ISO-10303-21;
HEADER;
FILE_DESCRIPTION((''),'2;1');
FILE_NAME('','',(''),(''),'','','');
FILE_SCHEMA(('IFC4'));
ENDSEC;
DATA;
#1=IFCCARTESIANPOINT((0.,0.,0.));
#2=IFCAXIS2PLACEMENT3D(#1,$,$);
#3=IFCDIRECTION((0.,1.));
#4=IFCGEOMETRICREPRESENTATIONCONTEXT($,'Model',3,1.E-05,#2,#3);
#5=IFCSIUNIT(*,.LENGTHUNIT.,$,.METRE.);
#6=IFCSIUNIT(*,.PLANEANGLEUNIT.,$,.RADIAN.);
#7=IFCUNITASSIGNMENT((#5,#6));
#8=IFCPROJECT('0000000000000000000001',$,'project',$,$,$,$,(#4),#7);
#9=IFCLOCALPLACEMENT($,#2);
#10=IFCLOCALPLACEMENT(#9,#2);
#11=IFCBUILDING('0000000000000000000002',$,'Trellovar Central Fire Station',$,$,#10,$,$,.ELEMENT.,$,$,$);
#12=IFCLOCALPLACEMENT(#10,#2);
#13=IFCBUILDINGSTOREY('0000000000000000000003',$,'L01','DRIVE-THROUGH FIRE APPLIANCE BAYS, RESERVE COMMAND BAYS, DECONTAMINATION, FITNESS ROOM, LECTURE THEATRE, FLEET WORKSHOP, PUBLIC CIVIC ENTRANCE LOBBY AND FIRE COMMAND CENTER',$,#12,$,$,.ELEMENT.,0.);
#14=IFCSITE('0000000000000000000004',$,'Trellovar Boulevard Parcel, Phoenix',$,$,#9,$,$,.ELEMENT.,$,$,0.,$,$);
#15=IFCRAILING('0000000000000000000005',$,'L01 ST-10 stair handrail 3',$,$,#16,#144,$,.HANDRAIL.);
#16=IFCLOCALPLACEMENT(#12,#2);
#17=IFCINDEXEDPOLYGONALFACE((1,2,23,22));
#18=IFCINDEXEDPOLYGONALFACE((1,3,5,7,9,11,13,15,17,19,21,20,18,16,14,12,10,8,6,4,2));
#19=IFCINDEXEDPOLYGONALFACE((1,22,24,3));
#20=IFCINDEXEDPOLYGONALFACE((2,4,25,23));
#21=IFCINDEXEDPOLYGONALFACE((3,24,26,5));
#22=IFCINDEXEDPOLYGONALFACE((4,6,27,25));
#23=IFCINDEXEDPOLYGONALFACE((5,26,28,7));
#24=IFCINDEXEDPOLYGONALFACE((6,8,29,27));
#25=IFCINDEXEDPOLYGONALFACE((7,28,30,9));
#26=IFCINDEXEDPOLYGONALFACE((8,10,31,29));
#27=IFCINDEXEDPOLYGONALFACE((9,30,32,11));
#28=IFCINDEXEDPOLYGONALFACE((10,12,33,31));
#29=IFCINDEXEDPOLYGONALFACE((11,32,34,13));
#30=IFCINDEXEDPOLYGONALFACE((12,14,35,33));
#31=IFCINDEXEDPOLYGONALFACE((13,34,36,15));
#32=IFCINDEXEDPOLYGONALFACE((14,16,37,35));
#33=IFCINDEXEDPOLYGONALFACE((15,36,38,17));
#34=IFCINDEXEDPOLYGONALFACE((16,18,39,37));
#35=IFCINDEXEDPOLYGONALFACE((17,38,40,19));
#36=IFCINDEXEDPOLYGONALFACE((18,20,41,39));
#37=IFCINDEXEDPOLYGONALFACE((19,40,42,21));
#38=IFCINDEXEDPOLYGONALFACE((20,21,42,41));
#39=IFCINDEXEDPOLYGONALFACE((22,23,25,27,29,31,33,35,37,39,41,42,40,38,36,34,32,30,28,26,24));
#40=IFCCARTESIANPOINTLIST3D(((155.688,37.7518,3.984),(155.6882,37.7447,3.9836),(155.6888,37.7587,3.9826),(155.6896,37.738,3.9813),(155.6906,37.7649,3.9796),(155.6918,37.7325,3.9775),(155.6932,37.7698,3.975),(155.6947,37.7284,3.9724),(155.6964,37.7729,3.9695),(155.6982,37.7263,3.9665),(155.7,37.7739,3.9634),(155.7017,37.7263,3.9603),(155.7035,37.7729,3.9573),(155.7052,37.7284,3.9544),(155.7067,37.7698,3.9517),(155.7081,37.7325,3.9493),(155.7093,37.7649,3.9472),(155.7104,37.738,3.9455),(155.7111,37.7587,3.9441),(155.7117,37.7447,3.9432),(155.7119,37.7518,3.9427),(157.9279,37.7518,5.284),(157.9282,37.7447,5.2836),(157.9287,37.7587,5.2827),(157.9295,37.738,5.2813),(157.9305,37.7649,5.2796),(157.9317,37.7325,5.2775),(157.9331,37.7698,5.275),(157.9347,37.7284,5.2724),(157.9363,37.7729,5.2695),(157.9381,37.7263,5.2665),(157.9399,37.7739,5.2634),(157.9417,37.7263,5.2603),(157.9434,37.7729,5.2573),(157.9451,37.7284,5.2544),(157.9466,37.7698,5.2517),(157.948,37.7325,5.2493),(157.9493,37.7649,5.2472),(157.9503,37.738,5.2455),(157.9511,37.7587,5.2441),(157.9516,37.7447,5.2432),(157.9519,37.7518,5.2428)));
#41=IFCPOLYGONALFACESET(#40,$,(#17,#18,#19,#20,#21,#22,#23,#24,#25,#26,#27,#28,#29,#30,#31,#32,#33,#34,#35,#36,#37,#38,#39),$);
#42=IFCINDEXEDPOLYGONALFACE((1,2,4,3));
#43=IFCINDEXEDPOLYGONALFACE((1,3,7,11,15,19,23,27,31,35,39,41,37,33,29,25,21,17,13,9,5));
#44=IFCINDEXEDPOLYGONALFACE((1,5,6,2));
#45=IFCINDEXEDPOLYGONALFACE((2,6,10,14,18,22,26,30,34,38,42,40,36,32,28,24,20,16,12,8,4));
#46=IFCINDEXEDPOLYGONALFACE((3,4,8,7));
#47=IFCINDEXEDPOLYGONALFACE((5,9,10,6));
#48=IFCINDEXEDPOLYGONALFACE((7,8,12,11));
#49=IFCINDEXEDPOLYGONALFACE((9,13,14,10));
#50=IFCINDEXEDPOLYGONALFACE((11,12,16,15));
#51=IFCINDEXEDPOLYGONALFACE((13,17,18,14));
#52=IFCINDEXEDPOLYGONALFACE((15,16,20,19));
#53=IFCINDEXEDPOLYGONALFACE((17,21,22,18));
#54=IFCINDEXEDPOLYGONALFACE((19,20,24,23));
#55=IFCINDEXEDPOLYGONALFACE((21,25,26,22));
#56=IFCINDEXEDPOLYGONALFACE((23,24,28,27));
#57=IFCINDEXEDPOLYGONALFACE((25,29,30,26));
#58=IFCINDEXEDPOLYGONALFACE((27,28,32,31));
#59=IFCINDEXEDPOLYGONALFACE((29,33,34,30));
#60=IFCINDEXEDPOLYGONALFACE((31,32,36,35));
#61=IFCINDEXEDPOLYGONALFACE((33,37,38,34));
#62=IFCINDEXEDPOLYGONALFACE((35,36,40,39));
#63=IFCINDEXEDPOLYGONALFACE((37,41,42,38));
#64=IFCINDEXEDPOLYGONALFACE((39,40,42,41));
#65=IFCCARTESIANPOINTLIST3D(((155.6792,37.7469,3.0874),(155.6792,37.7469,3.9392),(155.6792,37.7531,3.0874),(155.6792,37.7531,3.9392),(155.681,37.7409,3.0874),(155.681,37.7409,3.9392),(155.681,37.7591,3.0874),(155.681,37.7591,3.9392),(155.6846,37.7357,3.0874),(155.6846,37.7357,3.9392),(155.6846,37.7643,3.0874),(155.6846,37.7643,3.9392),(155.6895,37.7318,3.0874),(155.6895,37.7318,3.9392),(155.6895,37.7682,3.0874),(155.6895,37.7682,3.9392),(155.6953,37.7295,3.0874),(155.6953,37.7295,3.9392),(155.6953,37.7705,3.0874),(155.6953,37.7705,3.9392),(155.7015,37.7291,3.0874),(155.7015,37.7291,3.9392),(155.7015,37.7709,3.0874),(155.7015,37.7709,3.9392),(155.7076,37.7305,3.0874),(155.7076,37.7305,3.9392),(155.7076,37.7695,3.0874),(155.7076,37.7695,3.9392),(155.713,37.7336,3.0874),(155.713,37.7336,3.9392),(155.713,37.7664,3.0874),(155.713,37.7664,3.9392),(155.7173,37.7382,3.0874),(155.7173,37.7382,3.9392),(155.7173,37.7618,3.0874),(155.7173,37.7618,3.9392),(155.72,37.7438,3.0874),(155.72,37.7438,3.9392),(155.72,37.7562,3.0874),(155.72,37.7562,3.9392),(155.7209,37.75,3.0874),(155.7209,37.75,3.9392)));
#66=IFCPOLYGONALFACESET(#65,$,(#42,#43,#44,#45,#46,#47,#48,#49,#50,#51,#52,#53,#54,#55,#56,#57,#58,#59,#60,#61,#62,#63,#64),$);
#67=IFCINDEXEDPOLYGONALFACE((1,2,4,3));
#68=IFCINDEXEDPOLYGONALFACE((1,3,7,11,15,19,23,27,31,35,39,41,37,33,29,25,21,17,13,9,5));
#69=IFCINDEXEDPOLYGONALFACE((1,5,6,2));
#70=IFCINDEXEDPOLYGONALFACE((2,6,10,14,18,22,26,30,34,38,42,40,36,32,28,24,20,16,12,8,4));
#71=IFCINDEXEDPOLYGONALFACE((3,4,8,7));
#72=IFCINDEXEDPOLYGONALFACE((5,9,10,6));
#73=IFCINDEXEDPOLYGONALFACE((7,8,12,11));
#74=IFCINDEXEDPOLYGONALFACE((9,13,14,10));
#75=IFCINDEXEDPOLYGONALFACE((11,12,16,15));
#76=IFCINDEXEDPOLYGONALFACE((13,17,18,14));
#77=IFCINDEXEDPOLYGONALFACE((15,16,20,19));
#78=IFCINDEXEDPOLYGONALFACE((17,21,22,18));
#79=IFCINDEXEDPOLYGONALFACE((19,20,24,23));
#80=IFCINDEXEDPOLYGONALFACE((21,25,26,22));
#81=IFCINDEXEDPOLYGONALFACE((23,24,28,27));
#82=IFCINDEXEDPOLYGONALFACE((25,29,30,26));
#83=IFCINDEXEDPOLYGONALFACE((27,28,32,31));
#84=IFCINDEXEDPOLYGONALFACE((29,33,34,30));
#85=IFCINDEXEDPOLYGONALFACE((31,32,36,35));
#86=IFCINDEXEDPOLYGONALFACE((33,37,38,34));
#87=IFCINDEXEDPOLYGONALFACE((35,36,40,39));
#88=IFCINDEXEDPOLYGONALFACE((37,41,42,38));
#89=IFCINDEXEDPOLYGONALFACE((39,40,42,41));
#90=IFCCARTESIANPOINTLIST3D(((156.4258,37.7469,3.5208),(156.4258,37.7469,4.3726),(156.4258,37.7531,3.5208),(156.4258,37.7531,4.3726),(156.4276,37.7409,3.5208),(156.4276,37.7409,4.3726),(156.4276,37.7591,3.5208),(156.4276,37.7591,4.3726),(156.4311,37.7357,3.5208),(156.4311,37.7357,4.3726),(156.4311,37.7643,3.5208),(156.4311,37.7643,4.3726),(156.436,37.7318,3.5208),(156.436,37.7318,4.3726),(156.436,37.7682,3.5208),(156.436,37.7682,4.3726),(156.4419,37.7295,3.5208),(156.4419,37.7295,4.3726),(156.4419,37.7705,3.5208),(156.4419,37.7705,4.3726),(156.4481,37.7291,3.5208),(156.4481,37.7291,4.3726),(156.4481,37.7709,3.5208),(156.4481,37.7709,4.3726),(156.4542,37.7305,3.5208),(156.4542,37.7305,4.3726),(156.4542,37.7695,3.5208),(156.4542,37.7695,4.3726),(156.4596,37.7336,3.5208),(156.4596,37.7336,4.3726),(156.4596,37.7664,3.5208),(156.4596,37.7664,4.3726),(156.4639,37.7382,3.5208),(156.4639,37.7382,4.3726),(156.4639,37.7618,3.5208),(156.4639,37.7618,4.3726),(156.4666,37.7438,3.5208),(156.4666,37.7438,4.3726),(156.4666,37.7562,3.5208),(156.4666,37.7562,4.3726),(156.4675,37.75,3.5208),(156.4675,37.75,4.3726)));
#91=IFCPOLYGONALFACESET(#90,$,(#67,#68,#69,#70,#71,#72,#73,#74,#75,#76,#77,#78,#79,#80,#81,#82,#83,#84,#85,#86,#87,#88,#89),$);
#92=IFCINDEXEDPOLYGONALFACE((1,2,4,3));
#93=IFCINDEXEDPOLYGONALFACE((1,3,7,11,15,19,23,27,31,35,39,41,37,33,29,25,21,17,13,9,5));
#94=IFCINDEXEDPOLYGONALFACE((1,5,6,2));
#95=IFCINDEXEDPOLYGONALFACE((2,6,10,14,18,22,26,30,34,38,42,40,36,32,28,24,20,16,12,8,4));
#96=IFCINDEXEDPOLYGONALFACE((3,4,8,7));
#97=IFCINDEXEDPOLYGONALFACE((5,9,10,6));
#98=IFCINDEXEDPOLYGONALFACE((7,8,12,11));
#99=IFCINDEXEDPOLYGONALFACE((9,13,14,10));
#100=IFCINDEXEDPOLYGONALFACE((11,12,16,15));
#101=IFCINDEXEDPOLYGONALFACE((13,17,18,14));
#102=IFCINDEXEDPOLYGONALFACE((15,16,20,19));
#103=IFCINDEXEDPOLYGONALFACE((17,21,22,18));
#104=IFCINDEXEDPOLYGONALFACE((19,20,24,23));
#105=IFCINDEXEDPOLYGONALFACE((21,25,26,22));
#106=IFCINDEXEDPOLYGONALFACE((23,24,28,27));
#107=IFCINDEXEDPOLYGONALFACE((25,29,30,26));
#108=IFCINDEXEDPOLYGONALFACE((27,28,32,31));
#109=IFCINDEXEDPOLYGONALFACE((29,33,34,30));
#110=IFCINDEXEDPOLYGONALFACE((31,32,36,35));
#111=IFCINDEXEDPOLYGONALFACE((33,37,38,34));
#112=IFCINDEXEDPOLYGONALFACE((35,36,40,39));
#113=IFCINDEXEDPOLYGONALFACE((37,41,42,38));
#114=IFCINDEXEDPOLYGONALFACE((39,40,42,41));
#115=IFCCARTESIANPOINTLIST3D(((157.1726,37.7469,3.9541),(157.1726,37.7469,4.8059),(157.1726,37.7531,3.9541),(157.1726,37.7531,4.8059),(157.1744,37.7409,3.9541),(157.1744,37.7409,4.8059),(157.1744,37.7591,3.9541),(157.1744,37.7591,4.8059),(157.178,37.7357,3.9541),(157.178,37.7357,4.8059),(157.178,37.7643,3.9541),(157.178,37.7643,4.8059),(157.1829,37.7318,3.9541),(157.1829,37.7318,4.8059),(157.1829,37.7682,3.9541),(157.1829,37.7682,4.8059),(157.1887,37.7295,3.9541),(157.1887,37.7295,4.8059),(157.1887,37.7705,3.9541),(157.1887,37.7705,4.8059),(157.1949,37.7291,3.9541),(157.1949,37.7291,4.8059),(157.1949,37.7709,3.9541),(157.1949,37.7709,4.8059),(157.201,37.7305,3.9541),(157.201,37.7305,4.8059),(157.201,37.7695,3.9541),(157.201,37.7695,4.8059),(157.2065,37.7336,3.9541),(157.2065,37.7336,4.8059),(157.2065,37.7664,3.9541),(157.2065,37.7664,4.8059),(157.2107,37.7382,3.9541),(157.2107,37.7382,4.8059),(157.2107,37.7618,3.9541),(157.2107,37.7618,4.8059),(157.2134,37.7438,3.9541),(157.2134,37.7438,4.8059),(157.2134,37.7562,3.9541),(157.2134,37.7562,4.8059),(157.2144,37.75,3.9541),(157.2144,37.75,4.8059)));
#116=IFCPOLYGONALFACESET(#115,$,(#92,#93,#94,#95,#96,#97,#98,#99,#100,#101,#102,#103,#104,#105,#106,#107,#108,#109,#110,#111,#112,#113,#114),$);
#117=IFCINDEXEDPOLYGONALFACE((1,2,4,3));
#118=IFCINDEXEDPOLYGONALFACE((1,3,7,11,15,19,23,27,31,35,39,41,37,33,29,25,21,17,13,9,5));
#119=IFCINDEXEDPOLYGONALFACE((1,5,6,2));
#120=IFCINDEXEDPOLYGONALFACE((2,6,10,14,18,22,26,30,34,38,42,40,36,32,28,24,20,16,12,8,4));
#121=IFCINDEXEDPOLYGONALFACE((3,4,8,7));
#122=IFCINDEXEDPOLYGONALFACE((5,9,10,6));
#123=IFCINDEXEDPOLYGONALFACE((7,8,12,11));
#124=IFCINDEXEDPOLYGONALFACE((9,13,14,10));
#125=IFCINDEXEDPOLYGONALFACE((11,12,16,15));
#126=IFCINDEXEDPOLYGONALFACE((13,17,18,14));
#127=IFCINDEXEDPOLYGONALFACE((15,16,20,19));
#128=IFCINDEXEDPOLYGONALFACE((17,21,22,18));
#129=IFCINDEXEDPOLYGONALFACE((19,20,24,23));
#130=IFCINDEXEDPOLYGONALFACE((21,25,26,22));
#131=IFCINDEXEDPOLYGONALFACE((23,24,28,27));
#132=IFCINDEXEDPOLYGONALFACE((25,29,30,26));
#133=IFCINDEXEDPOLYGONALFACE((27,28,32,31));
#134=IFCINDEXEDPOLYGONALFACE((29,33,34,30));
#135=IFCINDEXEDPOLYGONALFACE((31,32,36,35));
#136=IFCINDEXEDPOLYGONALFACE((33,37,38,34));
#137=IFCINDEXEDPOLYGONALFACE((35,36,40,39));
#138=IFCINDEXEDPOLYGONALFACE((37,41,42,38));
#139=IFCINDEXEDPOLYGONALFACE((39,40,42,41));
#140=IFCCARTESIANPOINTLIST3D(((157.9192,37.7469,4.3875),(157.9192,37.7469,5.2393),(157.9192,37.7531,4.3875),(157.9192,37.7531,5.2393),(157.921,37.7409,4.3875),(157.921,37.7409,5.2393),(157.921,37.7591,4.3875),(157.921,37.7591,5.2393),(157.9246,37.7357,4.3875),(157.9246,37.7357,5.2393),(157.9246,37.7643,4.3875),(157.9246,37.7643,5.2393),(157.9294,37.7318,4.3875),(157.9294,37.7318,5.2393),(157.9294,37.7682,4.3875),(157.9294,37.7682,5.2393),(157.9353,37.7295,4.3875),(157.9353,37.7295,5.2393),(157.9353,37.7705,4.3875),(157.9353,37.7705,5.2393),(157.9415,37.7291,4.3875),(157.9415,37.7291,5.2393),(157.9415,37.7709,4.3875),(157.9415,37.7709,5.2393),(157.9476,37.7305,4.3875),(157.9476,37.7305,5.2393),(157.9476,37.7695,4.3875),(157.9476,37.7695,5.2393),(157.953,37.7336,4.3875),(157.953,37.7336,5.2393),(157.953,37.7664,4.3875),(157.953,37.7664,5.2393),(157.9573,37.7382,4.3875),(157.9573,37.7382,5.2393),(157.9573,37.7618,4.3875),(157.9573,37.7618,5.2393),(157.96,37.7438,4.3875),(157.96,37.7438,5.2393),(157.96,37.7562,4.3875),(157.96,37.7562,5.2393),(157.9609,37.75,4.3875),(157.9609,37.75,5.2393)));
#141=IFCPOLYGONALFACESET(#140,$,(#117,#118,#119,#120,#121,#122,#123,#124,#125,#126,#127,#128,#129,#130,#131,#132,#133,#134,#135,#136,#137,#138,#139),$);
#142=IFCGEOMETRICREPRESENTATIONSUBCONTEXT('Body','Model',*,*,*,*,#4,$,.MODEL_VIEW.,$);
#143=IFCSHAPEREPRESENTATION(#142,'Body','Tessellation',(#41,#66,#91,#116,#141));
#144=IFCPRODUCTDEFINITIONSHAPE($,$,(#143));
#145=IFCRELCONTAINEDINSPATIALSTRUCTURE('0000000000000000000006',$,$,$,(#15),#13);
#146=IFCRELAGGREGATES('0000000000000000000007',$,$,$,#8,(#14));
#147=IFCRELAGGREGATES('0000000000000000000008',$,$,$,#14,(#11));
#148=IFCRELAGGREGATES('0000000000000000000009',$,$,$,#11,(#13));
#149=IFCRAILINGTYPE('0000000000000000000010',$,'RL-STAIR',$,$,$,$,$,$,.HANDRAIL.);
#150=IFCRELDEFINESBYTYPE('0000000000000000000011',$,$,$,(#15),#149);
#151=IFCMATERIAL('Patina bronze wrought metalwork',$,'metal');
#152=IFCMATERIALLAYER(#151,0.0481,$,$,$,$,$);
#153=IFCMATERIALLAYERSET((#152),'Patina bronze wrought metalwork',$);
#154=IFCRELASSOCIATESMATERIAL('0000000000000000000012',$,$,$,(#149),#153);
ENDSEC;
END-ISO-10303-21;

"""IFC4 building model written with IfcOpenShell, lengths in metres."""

from ifc_helpers import new_model, si_unit, direction, frame, origin, origin_2d, place, context, subcontext, project, spatial, circle, extrude, material, layer, layer_set, type_object, element, save


model = new_model("IFC4")

# Units and contexts
model_context = context("Model", 3, precision=1e-05, world=origin(), true_north=direction((0.0, 1.0)))
body_context = subcontext(model_context, "Body", "Model", "MODEL_VIEW")
ifc_project = project(units=[si_unit("LENGTHUNIT", "METRE"), si_unit("PLANEANGLEUNIT", "RADIAN")], contexts=[model_context])

# Site, building, storey
site_placement = place(None, origin())
site = spatial("IfcSite", under=ifc_project, at=site_placement, Name="Trellovar Boulevard Parcel, Phoenix", CompositionType="ELEMENT", RefElevation=0.0)
building_placement = place(site_placement, origin())
building = spatial("IfcBuilding", under=site, at=building_placement, Name="Trellovar Central Fire Station", CompositionType="ELEMENT")
storey_placement = place(building_placement, origin())
storey = spatial("IfcBuildingStorey", under=building, at=storey_placement, Name="L01", Description="DRIVE-THROUGH FIRE APPLIANCE BAYS, RESERVE COMMAND BAYS, DECONTAMINATION, FITNESS ROOM, LECTURE THEATRE, FLEET WORKSHOP, PUBLIC CIVIC ENTRANCE LOBBY AND FIRE COMMAND CENTER", CompositionType="ELEMENT", Elevation=0.0)

# Railing
ifc_material_1 = material(Name="Patina bronze wrought metalwork", Category="metal")
ifc_layer_1 = layer(ifc_material_1, 0.0481)
ifc_layer_set_1 = layer_set([ifc_layer_1], Name="Patina bronze wrought metalwork")
railing_type_1 = type_object("IfcRailingType", Name="RL-STAIR", PredefinedType="HANDRAIL", material=ifc_layer_set_1)
railing_1_placement = place(storey_placement, frame((155.7, 37.75, 3.0874)))
element("IfcRailing", 1, at=railing_1_placement, inside=storey, type_object=railing_type_1, Name="L01 ST-10 stair handrail 3", PredefinedType="HANDRAIL", context=body_context, shape_type="SweptSolid", body=[
    extrude(circle(Radius=0.0239, at=origin_2d()), frame((0.0, 0.0, 0.876), z_axis=(0.864888, 0.0, 0.501965), x_axis=(0.0, 1.0, 0.0)), (0.0, 0.0, 1.0), 2.5898),
    extrude(circle(Radius=0.021, at=origin_2d()), origin(), (0.0, 0.0, 1.0), 0.8518),
    extrude(circle(Radius=0.021, at=origin_2d()), frame((0.7466, 0.0, 0.4333)), (0.0, 0.0, 1.0), 0.8518),
    extrude(circle(Radius=0.021, at=origin_2d()), frame((1.4934, 0.0, 0.8667)), (0.0, 0.0, 1.0), 0.8518),
    extrude(circle(Radius=0.021, at=origin_2d()), frame((2.24, 0.0, 1.3)), (0.0, 0.0, 1.0), 0.8518),
])

save(model, "model.ifc")
